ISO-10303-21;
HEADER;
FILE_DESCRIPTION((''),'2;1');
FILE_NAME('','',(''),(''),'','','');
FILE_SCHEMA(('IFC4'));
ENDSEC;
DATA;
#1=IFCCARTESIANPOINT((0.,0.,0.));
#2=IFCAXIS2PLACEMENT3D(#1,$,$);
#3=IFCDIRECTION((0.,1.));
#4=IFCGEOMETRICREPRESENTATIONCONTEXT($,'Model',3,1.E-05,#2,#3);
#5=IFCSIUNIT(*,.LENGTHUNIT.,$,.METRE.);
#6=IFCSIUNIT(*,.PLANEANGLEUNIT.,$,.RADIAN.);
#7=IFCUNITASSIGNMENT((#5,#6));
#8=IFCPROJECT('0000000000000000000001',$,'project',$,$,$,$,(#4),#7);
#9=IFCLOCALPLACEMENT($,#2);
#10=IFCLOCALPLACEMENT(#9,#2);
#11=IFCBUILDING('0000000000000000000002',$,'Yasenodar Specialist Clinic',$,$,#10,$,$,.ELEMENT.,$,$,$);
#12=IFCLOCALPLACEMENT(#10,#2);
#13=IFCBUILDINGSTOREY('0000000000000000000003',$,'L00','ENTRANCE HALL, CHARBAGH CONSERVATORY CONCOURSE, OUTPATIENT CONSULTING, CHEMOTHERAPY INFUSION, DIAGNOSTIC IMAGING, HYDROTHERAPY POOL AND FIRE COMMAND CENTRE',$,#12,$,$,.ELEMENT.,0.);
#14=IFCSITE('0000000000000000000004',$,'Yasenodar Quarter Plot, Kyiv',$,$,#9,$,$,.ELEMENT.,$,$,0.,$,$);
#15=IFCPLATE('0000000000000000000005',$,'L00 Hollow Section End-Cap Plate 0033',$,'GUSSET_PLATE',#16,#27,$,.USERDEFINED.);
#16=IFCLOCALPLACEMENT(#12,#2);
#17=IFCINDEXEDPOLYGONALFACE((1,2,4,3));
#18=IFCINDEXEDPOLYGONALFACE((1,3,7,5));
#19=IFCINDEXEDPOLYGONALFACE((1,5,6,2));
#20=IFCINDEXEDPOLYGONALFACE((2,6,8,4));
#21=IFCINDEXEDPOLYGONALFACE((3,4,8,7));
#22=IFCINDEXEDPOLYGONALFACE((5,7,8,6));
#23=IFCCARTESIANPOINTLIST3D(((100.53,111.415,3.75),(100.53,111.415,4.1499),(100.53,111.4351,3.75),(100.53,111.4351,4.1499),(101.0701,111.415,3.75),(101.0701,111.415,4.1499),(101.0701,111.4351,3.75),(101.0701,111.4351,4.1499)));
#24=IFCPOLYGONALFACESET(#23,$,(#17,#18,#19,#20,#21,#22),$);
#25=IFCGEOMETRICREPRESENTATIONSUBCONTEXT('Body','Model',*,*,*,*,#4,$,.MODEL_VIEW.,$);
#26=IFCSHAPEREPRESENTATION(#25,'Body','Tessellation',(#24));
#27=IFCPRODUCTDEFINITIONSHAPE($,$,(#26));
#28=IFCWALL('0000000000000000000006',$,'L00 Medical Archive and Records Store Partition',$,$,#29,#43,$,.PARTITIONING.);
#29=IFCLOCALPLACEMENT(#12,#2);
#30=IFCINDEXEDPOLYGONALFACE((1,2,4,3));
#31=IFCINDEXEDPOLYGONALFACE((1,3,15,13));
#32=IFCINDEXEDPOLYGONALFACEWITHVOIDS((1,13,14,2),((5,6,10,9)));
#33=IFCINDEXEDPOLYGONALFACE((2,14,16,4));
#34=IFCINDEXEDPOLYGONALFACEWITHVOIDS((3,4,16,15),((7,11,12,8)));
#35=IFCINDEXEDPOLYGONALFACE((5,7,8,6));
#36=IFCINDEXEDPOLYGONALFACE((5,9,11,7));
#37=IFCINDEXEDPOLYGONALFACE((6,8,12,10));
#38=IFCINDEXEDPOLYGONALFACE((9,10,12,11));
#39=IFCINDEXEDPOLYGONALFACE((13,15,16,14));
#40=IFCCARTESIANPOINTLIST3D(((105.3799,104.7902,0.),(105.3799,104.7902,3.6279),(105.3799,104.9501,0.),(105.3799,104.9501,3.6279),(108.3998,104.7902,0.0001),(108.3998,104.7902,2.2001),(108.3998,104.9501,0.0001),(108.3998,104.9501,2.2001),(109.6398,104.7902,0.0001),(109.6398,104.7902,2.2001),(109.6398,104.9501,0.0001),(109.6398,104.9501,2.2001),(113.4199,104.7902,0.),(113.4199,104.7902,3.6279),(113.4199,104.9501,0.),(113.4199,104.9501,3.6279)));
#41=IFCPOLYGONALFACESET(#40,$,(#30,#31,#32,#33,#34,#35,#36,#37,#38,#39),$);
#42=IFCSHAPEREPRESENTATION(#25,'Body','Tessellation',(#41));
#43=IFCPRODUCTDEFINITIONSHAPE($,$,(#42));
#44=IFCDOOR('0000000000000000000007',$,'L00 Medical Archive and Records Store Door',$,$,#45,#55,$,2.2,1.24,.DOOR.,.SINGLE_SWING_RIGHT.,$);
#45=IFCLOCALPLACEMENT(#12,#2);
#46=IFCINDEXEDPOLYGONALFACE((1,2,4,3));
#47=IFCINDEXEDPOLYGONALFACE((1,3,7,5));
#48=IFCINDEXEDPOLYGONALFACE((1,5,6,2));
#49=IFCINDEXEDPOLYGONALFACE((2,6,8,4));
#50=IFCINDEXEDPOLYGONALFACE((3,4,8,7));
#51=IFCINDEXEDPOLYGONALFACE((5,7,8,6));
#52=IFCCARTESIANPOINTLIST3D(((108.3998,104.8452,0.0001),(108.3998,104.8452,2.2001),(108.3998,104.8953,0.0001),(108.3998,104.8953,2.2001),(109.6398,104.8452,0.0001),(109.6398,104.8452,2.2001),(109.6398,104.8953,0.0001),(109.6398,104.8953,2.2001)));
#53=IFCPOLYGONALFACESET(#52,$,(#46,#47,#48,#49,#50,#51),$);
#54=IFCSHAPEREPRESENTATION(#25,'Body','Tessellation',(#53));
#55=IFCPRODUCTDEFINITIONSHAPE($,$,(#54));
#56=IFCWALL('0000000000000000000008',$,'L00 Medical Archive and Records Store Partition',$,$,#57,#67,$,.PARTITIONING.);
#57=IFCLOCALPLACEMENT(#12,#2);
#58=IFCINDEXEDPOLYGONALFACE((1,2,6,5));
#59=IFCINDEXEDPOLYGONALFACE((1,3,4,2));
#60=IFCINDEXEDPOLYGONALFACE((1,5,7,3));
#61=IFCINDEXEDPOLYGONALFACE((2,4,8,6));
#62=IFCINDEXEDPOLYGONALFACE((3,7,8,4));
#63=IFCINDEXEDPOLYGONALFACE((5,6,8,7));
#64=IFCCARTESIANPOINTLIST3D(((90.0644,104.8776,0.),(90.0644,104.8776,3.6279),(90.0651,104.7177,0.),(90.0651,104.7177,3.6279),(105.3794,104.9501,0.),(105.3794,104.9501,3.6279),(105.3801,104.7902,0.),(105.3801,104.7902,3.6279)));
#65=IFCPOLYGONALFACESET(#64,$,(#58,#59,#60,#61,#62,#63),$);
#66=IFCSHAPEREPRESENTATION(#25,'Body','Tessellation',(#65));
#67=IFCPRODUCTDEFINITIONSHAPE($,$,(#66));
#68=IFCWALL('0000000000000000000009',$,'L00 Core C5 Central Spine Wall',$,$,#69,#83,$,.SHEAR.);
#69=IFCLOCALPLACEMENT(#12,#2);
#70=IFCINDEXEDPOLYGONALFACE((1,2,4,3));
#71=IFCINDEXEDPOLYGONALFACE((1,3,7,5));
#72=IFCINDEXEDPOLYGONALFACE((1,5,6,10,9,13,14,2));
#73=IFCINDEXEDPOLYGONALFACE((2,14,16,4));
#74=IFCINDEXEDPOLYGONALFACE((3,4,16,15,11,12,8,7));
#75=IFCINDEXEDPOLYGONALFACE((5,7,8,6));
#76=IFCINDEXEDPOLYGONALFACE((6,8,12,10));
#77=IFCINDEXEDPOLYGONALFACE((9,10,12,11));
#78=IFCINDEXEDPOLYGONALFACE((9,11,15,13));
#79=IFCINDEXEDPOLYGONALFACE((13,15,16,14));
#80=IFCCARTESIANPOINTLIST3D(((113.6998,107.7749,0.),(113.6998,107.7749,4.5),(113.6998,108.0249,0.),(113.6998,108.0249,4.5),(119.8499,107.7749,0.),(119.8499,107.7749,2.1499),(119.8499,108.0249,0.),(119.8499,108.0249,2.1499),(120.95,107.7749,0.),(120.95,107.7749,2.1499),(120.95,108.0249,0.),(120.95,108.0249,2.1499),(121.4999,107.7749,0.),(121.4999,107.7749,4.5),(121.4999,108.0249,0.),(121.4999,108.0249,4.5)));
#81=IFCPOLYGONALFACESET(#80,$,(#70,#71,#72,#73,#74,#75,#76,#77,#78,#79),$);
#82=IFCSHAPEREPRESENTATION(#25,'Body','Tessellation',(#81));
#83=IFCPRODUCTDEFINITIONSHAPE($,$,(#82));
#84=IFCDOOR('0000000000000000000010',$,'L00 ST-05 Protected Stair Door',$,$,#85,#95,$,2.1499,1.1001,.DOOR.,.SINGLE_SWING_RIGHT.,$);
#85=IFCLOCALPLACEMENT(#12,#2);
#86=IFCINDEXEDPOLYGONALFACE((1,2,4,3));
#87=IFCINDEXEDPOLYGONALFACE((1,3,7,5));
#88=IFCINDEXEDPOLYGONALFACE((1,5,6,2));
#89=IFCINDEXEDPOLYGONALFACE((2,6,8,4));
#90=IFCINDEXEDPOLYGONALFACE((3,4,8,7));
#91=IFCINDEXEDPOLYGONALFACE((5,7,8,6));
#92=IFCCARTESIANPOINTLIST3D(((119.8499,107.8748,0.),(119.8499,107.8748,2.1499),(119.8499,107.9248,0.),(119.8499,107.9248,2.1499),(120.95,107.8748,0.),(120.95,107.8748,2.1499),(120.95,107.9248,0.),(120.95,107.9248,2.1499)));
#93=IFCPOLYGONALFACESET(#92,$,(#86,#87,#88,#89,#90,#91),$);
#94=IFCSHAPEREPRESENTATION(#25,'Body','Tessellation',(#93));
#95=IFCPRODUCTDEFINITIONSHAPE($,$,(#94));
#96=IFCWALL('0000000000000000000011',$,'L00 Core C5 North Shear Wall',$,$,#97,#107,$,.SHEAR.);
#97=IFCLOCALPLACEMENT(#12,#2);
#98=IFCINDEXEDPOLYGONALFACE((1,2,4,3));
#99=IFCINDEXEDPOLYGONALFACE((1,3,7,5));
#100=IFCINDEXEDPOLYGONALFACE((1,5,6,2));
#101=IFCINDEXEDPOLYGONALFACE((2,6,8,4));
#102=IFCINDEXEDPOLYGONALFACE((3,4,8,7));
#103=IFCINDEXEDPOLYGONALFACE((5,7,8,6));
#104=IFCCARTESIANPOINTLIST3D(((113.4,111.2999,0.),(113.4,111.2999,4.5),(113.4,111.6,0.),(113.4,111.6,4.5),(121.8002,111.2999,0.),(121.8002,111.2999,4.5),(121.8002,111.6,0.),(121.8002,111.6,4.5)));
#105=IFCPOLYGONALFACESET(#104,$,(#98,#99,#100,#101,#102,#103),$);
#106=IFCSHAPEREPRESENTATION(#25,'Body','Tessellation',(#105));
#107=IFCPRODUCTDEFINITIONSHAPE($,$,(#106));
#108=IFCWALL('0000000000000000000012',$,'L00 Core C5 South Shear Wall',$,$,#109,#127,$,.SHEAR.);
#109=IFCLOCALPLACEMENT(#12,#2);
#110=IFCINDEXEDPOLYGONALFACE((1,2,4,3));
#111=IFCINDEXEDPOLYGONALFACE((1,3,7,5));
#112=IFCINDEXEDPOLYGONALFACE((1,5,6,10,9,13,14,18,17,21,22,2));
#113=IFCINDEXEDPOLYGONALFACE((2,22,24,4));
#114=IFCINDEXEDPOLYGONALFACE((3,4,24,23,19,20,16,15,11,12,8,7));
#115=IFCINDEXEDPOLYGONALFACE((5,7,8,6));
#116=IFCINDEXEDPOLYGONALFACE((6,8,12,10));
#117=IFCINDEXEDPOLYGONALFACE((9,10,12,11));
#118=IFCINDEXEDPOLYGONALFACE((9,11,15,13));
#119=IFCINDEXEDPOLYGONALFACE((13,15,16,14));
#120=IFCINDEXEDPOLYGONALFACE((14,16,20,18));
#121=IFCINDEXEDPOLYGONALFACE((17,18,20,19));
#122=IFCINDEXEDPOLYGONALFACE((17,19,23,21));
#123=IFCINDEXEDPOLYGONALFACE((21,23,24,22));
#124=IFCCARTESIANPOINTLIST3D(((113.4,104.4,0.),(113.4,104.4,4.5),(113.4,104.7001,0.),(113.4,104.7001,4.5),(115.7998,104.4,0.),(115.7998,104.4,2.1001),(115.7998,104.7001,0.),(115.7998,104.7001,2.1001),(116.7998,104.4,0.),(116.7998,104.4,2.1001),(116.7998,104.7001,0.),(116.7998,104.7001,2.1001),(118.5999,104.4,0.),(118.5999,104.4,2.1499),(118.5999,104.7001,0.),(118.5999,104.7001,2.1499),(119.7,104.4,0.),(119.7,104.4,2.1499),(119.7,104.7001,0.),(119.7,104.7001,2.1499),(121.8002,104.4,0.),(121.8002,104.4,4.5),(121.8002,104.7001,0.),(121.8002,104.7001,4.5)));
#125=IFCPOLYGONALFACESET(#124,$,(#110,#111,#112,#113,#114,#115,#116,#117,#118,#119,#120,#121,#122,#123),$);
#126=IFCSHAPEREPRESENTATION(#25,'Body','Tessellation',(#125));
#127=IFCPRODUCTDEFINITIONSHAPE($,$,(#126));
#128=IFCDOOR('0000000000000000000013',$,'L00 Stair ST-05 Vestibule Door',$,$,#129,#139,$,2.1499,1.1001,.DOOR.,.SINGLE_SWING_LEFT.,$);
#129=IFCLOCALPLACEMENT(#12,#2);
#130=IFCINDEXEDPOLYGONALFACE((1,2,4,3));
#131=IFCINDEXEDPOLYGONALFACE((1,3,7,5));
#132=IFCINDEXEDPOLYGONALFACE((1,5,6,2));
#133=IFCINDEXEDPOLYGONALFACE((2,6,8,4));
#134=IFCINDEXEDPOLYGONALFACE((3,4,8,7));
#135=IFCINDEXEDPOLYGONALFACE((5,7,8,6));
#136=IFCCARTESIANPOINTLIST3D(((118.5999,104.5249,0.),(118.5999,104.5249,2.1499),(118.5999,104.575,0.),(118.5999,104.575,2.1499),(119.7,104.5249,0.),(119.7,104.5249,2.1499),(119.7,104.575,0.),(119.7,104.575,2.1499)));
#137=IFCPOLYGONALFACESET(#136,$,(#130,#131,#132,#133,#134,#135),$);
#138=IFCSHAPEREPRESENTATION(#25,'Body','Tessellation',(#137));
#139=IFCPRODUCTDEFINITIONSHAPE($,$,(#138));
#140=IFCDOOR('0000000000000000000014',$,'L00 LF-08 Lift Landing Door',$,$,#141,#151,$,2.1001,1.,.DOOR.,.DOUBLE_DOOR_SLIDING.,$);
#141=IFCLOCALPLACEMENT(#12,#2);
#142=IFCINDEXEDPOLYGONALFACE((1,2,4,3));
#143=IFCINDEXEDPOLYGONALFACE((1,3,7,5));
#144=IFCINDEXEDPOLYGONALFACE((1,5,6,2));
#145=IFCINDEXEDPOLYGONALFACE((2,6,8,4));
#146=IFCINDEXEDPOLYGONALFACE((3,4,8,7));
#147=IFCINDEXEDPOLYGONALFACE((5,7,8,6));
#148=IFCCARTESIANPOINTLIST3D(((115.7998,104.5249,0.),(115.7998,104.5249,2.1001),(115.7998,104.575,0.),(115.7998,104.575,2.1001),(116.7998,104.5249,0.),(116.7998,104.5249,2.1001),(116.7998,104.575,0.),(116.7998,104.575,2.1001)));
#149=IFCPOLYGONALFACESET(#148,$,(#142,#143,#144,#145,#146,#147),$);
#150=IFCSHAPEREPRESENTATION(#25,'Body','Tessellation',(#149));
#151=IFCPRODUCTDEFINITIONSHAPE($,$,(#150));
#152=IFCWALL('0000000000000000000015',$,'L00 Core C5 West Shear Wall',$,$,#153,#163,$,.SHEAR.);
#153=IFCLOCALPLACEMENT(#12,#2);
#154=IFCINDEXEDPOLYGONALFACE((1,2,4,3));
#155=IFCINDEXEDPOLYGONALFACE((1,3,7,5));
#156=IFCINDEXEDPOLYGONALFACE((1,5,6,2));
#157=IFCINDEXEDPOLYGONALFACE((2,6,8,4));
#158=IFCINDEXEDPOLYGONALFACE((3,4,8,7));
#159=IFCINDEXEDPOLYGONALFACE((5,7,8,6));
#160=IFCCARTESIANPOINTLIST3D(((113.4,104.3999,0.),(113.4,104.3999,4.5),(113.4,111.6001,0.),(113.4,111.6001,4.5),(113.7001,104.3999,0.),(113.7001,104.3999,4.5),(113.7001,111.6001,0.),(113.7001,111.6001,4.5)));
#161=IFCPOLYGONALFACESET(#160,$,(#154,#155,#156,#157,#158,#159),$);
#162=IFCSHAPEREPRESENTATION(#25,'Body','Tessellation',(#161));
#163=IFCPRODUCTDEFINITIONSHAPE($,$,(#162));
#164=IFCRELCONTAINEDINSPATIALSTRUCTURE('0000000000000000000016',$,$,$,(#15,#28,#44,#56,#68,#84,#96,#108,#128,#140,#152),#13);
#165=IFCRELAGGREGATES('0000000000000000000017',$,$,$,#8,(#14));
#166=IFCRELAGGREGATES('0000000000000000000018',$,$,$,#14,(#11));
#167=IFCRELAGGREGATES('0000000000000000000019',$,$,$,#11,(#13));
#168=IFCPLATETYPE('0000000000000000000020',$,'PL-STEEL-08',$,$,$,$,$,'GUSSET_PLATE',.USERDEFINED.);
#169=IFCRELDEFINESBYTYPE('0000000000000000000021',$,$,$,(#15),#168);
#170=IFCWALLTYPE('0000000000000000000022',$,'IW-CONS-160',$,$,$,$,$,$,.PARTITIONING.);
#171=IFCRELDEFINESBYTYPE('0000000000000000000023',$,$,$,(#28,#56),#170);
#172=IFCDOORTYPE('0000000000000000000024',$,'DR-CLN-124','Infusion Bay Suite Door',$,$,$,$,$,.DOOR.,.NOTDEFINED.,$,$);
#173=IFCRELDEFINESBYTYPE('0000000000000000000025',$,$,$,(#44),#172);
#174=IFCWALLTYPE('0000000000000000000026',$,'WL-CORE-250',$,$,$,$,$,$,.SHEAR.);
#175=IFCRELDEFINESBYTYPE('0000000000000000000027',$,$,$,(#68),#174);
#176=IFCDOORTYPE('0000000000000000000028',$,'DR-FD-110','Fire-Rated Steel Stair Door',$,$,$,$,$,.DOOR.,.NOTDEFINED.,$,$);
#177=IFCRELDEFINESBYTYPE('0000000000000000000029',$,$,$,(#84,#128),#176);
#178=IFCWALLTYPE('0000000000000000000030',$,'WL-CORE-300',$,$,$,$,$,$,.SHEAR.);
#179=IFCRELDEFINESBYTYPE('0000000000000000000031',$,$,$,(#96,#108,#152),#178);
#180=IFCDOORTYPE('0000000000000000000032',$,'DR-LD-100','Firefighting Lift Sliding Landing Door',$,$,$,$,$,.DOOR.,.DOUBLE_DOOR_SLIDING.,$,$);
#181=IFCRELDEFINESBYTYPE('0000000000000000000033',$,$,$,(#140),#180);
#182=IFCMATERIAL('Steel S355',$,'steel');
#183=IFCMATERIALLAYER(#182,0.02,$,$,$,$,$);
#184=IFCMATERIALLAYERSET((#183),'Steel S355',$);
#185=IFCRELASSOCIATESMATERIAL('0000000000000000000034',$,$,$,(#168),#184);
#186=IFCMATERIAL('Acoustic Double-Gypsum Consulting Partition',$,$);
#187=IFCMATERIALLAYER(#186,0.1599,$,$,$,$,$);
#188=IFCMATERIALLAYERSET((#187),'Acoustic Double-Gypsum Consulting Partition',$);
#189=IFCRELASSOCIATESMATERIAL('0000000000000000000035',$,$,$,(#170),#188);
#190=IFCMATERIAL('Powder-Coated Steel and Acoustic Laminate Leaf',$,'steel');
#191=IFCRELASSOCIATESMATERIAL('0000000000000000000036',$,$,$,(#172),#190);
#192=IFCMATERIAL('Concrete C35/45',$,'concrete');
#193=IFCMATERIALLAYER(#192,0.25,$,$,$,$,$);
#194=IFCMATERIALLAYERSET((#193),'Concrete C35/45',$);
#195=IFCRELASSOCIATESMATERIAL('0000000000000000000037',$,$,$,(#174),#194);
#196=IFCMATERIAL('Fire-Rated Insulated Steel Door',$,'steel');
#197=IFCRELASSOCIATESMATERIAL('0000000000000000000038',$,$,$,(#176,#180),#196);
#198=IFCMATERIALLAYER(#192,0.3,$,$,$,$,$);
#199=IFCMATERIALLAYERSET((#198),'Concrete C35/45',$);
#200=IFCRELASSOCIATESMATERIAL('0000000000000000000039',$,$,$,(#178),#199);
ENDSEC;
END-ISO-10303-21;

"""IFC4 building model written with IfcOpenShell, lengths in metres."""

from ifc_helpers import new_model, si_unit, direction, frame, frame_2d, origin, origin_2d, place, context, subcontext, project, spatial, rectangle, extrude, material, layer, layer_set, type_object, element, fill, save


model = new_model("IFC4")

# Units and contexts
model_context = context("Model", 3, precision=1e-05, world=origin(), true_north=direction((0.0, 1.0)))
body_context = subcontext(model_context, "Body", "Model", "MODEL_VIEW")
ifc_project = project(units=[si_unit("LENGTHUNIT", "METRE"), si_unit("PLANEANGLEUNIT", "RADIAN")], contexts=[model_context])

# Site, building, storey
site_placement = place(None, origin())
site = spatial("IfcSite", under=ifc_project, at=site_placement, Name="Yasenodar Quarter Plot, Kyiv", CompositionType="ELEMENT", RefElevation=0.0)
building_placement = place(site_placement, origin())
building = spatial("IfcBuilding", under=site, at=building_placement, Name="Yasenodar Specialist Clinic", CompositionType="ELEMENT")
storey_placement = place(building_placement, origin())
storey = spatial("IfcBuildingStorey", under=building, at=storey_placement, Name="L00", Description="ENTRANCE HALL, CHARBAGH CONSERVATORY CONCOURSE, OUTPATIENT CONSULTING, CHEMOTHERAPY INFUSION, DIAGNOSTIC IMAGING, HYDROTHERAPY POOL AND FIRE COMMAND CENTRE", CompositionType="ELEMENT", Elevation=0.0)

# Shared definitions
ifc_material_1 = material(Name="Steel S355", Category="steel")

# Plate
ifc_layer_1 = layer(ifc_material_1, 0.02)
ifc_layer_set_1 = layer_set([ifc_layer_1], Name="Steel S355")
plate_type_1 = type_object("IfcPlateType", Name="PL-STEEL-08", ElementType="GUSSET_PLATE", PredefinedType="USERDEFINED", material=ifc_layer_set_1)
plate_1_placement = place(storey_placement, frame((100.8, 111.425, 3.75), z_axis=(0.0, 0.0, 1.0), x_axis=(1.0, 0.0, 0.0)))
element("IfcPlate", 1, at=plate_1_placement, inside=storey, type_object=plate_type_1, Name="L00 Hollow Section End-Cap Plate 0033", ObjectType="GUSSET_PLATE", PredefinedType="USERDEFINED", context=body_context, shape_type="SweptSolid", body=[
    extrude(rectangle(XDim=0.54, YDim=0.02, at=origin_2d()), origin(), (0.0, 0.0, 1.0), 0.3999),
])

# Wall, opening, door
ifc_material_2 = material(Name="Acoustic Double-Gypsum Consulting Partition")
ifc_layer_2 = layer(ifc_material_2, 0.1599)
ifc_layer_set_2 = layer_set([ifc_layer_2], Name="Acoustic Double-Gypsum Consulting Partition")
wall_type_1 = type_object("IfcWallType", Name="IW-CONS-160", PredefinedType="PARTITIONING", material=ifc_layer_set_2)
wall_1_placement = place(storey_placement, frame((113.4199, 104.8701, 0.0), z_axis=(0.0, 0.0, 1.0), x_axis=(-1.0, 0.0, 0.0)))
wall_1 = element("IfcWall", 2, at=wall_1_placement, inside=storey, type_object=wall_type_1, Name="L00 Medical Archive and Records Store Partition", PredefinedType="PARTITIONING", context=body_context, shape_type="SweptSolid", body=[
    extrude(rectangle(XDim=8.04, YDim=0.1599, at=frame_2d((4.02, 0.0))), origin(), (0.0, 0.0, 1.0), 3.6279),
])
opening_1_placement = place(wall_1_placement, frame((3.78, 0.0, 0.0)))
opening_1 = element("IfcOpeningElement", 3, at=opening_1_placement, cuts=wall_1, PredefinedType="OPENING", context=body_context, shape_type="SweptSolid", body=[
    extrude(rectangle(XDim=1.24, YDim=2.2, at=frame_2d((0.6201, 1.1001))), frame((0.0, 0.0898, 0.0), z_axis=(0.0, -1.0, 0.0), x_axis=(1.0, 0.0, 0.0)), (0.0, 0.0, 1.0), 0.1799),
])
ifc_material_3 = material(Name="Powder-Coated Steel and Acoustic Laminate Leaf", Category="steel")
door_type_1 = type_object("IfcDoorType", Name="DR-CLN-124", Description="Infusion Bay Suite Door", OperationType="NOTDEFINED", PredefinedType="DOOR", material=ifc_material_3)
door_1_placement = place(opening_1_placement, origin())
door_1 = element("IfcDoor", 4, at=door_1_placement, inside=storey, type_object=door_type_1, Name="L00 Medical Archive and Records Store Door", OperationType="SINGLE_SWING_RIGHT", OverallHeight=2.2, OverallWidth=1.24, PredefinedType="DOOR", context=body_context, shape_type="SweptSolid", body=[
    extrude(rectangle(XDim=1.24, YDim=2.2, at=frame_2d((0.6201, 1.1001))), frame((0.0, 0.0249, 0.0), z_axis=(0.0, -1.0, 0.0), x_axis=(1.0, 0.0, 0.0)), (0.0, 0.0, 1.0), 0.05),
])
fill(opening_1, door_1)

# Wall
wall_2_placement = place(storey_placement, frame((105.3799, 104.8701, 0.0), z_axis=(0.0, 0.0, 1.0), x_axis=(-0.999989, -0.004735, 0.0)))
element("IfcWall", 5, at=wall_2_placement, inside=storey, type_object=wall_type_1, Name="L00 Medical Archive and Records Store Partition", PredefinedType="PARTITIONING", context=body_context, shape_type="SweptSolid", body=[
    extrude(rectangle(XDim=15.3152, YDim=0.1599, at=frame_2d((7.6577, 0.0))), origin(), (0.0, 0.0, 1.0), 3.6279),
])

# Wall, opening, door
ifc_material_4 = material(Name="Concrete C35/45", Category="concrete")
ifc_layer_3 = layer(ifc_material_4, 0.25)
ifc_layer_set_3 = layer_set([ifc_layer_3], Name="Concrete C35/45")
wall_type_2 = type_object("IfcWallType", Name="WL-CORE-250", PredefinedType="SHEAR", material=ifc_layer_set_3)
wall_3_placement = place(storey_placement, frame((113.7, 107.8999, 0.0), z_axis=(0.0, 0.0, 1.0), x_axis=(1.0, 0.0, 0.0)))
wall_3 = element("IfcWall", 6, at=wall_3_placement, inside=storey, type_object=wall_type_2, Name="L00 Core C5 Central Spine Wall", PredefinedType="SHEAR", context=body_context, shape_type="SweptSolid", body=[
    extrude(rectangle(XDim=7.8, YDim=0.25, at=frame_2d((3.8999, 0.0))), origin(), (0.0, 0.0, 1.0), 4.5),
])
opening_2_placement = place(wall_3_placement, frame((6.1499, 0.0, 0.0)))
opening_2 = element("IfcOpeningElement", 7, at=opening_2_placement, cuts=wall_3, PredefinedType="OPENING", context=body_context, shape_type="SweptSolid", body=[
    extrude(rectangle(XDim=1.1001, YDim=2.1499, at=frame_2d((0.55, 1.075))), frame((0.0, 0.135, 0.0), z_axis=(0.0, -1.0, 0.0), x_axis=(1.0, 0.0, 0.0)), (0.0, 0.0, 1.0), 0.27),
])
ifc_material_5 = material(Name="Fire-Rated Insulated Steel Door", Category="steel")
door_type_2 = type_object("IfcDoorType", Name="DR-FD-110", Description="Fire-Rated Steel Stair Door", OperationType="NOTDEFINED", PredefinedType="DOOR", material=ifc_material_5)
door_2_placement = place(opening_2_placement, origin())
door_2 = element("IfcDoor", 8, at=door_2_placement, inside=storey, type_object=door_type_2, Name="L00 ST-05 Protected Stair Door", OperationType="SINGLE_SWING_RIGHT", OverallHeight=2.1499, OverallWidth=1.1001, PredefinedType="DOOR", context=body_context, shape_type="SweptSolid", body=[
    extrude(rectangle(XDim=1.1001, YDim=2.1499, at=frame_2d((0.55, 1.075))), frame((0.0, 0.0249, 0.0), z_axis=(0.0, -1.0, 0.0), x_axis=(1.0, 0.0, 0.0)), (0.0, 0.0, 1.0), 0.05),
])
fill(opening_2, door_2)

# Wall
ifc_layer_4 = layer(ifc_material_4, 0.3)
ifc_layer_set_4 = layer_set([ifc_layer_4], Name="Concrete C35/45")
wall_type_3 = type_object("IfcWallType", Name="WL-CORE-300", PredefinedType="SHEAR", material=ifc_layer_set_4)
wall_4_placement = place(storey_placement, frame((113.3999, 111.45, 0.0), z_axis=(0.0, 0.0, 1.0), x_axis=(1.0, 0.0, 0.0)))
element("IfcWall", 9, at=wall_4_placement, inside=storey, type_object=wall_type_3, Name="L00 Core C5 North Shear Wall", PredefinedType="SHEAR", context=body_context, shape_type="SweptSolid", body=[
    extrude(rectangle(XDim=8.4001, YDim=0.3, at=frame_2d((4.2002, 0.0))), origin(), (0.0, 0.0, 1.0), 4.5),
])

# Wall, openings, doors
wall_5_placement = place(storey_placement, frame((113.3999, 104.55, 0.0), z_axis=(0.0, 0.0, 1.0), x_axis=(1.0, 0.0, 0.0)))
wall_5 = element("IfcWall", 10, at=wall_5_placement, inside=storey, type_object=wall_type_3, Name="L00 Core C5 South Shear Wall", PredefinedType="SHEAR", context=body_context, shape_type="SweptSolid", body=[
    extrude(rectangle(XDim=8.4001, YDim=0.3, at=frame_2d((4.2002, 0.0))), origin(), (0.0, 0.0, 1.0), 4.5),
])
opening_3_placement = place(wall_5_placement, frame((5.2, 0.0, 0.0)))
opening_3 = element("IfcOpeningElement", 11, at=opening_3_placement, cuts=wall_5, PredefinedType="OPENING", context=body_context, shape_type="SweptSolid", body=[
    extrude(rectangle(XDim=1.1001, YDim=2.1499, at=frame_2d((0.55, 1.075))), frame((0.0, 0.1602, 0.0), z_axis=(0.0, -1.0, 0.0), x_axis=(1.0, 0.0, 0.0)), (0.0, 0.0, 1.0), 0.3201),
])
opening_4_placement = place(wall_5_placement, frame((2.3999, 0.0, 0.0)))
opening_4 = element("IfcOpeningElement", 12, at=opening_4_placement, cuts=wall_5, PredefinedType="OPENING", context=body_context, shape_type="SweptSolid", body=[
    extrude(rectangle(XDim=1.0, YDim=2.1001, at=frame_2d((0.5, 1.05))), frame((0.0, 0.1602, 0.0), z_axis=(0.0, -1.0, 0.0), x_axis=(1.0, 0.0, 0.0)), (0.0, 0.0, 1.0), 0.3201),
])
door_3_placement = place(opening_3_placement, origin())
door_3 = element("IfcDoor", 13, at=door_3_placement, inside=storey, type_object=door_type_2, Name="L00 Stair ST-05 Vestibule Door", OperationType="SINGLE_SWING_LEFT", OverallHeight=2.1499, OverallWidth=1.1001, PredefinedType="DOOR", context=body_context, shape_type="SweptSolid", body=[
    extrude(rectangle(XDim=1.1001, YDim=2.1499, at=frame_2d((0.55, 1.075))), frame((0.0, 0.0249, 0.0), z_axis=(0.0, -1.0, 0.0), x_axis=(1.0, 0.0, 0.0)), (0.0, 0.0, 1.0), 0.05),
])
fill(opening_3, door_3)
door_type_3 = type_object("IfcDoorType", Name="DR-LD-100", Description="Firefighting Lift Sliding Landing Door", OperationType="DOUBLE_DOOR_SLIDING", PredefinedType="DOOR", material=ifc_material_5)
door_4_placement = place(opening_4_placement, origin())
door_4 = element("IfcDoor", 14, at=door_4_placement, inside=storey, type_object=door_type_3, Name="L00 LF-08 Lift Landing Door", OperationType="DOUBLE_DOOR_SLIDING", OverallHeight=2.1001, OverallWidth=1.0, PredefinedType="DOOR", context=body_context, shape_type="SweptSolid", body=[
    extrude(rectangle(XDim=1.0, YDim=2.1001, at=frame_2d((0.5, 1.05))), frame((0.0, 0.0249, 0.0), z_axis=(0.0, -1.0, 0.0), x_axis=(1.0, 0.0, 0.0)), (0.0, 0.0, 1.0), 0.05),
])
fill(opening_4, door_4)

# Wall
wall_6_placement = place(storey_placement, frame((113.55, 104.3999, 0.0), z_axis=(0.0, 0.0, 1.0), x_axis=(0.0, 1.0, 0.0)))
element("IfcWall", 15, at=wall_6_placement, inside=storey, type_object=wall_type_3, Name="L00 Core C5 West Shear Wall", PredefinedType="SHEAR", context=body_context, shape_type="SweptSolid", body=[
    extrude(rectangle(XDim=7.2002, YDim=0.3, at=frame_2d((3.6001, 0.0))), origin(), (0.0, 0.0, 1.0), 4.5),
])

save(model, "model.ifc")
